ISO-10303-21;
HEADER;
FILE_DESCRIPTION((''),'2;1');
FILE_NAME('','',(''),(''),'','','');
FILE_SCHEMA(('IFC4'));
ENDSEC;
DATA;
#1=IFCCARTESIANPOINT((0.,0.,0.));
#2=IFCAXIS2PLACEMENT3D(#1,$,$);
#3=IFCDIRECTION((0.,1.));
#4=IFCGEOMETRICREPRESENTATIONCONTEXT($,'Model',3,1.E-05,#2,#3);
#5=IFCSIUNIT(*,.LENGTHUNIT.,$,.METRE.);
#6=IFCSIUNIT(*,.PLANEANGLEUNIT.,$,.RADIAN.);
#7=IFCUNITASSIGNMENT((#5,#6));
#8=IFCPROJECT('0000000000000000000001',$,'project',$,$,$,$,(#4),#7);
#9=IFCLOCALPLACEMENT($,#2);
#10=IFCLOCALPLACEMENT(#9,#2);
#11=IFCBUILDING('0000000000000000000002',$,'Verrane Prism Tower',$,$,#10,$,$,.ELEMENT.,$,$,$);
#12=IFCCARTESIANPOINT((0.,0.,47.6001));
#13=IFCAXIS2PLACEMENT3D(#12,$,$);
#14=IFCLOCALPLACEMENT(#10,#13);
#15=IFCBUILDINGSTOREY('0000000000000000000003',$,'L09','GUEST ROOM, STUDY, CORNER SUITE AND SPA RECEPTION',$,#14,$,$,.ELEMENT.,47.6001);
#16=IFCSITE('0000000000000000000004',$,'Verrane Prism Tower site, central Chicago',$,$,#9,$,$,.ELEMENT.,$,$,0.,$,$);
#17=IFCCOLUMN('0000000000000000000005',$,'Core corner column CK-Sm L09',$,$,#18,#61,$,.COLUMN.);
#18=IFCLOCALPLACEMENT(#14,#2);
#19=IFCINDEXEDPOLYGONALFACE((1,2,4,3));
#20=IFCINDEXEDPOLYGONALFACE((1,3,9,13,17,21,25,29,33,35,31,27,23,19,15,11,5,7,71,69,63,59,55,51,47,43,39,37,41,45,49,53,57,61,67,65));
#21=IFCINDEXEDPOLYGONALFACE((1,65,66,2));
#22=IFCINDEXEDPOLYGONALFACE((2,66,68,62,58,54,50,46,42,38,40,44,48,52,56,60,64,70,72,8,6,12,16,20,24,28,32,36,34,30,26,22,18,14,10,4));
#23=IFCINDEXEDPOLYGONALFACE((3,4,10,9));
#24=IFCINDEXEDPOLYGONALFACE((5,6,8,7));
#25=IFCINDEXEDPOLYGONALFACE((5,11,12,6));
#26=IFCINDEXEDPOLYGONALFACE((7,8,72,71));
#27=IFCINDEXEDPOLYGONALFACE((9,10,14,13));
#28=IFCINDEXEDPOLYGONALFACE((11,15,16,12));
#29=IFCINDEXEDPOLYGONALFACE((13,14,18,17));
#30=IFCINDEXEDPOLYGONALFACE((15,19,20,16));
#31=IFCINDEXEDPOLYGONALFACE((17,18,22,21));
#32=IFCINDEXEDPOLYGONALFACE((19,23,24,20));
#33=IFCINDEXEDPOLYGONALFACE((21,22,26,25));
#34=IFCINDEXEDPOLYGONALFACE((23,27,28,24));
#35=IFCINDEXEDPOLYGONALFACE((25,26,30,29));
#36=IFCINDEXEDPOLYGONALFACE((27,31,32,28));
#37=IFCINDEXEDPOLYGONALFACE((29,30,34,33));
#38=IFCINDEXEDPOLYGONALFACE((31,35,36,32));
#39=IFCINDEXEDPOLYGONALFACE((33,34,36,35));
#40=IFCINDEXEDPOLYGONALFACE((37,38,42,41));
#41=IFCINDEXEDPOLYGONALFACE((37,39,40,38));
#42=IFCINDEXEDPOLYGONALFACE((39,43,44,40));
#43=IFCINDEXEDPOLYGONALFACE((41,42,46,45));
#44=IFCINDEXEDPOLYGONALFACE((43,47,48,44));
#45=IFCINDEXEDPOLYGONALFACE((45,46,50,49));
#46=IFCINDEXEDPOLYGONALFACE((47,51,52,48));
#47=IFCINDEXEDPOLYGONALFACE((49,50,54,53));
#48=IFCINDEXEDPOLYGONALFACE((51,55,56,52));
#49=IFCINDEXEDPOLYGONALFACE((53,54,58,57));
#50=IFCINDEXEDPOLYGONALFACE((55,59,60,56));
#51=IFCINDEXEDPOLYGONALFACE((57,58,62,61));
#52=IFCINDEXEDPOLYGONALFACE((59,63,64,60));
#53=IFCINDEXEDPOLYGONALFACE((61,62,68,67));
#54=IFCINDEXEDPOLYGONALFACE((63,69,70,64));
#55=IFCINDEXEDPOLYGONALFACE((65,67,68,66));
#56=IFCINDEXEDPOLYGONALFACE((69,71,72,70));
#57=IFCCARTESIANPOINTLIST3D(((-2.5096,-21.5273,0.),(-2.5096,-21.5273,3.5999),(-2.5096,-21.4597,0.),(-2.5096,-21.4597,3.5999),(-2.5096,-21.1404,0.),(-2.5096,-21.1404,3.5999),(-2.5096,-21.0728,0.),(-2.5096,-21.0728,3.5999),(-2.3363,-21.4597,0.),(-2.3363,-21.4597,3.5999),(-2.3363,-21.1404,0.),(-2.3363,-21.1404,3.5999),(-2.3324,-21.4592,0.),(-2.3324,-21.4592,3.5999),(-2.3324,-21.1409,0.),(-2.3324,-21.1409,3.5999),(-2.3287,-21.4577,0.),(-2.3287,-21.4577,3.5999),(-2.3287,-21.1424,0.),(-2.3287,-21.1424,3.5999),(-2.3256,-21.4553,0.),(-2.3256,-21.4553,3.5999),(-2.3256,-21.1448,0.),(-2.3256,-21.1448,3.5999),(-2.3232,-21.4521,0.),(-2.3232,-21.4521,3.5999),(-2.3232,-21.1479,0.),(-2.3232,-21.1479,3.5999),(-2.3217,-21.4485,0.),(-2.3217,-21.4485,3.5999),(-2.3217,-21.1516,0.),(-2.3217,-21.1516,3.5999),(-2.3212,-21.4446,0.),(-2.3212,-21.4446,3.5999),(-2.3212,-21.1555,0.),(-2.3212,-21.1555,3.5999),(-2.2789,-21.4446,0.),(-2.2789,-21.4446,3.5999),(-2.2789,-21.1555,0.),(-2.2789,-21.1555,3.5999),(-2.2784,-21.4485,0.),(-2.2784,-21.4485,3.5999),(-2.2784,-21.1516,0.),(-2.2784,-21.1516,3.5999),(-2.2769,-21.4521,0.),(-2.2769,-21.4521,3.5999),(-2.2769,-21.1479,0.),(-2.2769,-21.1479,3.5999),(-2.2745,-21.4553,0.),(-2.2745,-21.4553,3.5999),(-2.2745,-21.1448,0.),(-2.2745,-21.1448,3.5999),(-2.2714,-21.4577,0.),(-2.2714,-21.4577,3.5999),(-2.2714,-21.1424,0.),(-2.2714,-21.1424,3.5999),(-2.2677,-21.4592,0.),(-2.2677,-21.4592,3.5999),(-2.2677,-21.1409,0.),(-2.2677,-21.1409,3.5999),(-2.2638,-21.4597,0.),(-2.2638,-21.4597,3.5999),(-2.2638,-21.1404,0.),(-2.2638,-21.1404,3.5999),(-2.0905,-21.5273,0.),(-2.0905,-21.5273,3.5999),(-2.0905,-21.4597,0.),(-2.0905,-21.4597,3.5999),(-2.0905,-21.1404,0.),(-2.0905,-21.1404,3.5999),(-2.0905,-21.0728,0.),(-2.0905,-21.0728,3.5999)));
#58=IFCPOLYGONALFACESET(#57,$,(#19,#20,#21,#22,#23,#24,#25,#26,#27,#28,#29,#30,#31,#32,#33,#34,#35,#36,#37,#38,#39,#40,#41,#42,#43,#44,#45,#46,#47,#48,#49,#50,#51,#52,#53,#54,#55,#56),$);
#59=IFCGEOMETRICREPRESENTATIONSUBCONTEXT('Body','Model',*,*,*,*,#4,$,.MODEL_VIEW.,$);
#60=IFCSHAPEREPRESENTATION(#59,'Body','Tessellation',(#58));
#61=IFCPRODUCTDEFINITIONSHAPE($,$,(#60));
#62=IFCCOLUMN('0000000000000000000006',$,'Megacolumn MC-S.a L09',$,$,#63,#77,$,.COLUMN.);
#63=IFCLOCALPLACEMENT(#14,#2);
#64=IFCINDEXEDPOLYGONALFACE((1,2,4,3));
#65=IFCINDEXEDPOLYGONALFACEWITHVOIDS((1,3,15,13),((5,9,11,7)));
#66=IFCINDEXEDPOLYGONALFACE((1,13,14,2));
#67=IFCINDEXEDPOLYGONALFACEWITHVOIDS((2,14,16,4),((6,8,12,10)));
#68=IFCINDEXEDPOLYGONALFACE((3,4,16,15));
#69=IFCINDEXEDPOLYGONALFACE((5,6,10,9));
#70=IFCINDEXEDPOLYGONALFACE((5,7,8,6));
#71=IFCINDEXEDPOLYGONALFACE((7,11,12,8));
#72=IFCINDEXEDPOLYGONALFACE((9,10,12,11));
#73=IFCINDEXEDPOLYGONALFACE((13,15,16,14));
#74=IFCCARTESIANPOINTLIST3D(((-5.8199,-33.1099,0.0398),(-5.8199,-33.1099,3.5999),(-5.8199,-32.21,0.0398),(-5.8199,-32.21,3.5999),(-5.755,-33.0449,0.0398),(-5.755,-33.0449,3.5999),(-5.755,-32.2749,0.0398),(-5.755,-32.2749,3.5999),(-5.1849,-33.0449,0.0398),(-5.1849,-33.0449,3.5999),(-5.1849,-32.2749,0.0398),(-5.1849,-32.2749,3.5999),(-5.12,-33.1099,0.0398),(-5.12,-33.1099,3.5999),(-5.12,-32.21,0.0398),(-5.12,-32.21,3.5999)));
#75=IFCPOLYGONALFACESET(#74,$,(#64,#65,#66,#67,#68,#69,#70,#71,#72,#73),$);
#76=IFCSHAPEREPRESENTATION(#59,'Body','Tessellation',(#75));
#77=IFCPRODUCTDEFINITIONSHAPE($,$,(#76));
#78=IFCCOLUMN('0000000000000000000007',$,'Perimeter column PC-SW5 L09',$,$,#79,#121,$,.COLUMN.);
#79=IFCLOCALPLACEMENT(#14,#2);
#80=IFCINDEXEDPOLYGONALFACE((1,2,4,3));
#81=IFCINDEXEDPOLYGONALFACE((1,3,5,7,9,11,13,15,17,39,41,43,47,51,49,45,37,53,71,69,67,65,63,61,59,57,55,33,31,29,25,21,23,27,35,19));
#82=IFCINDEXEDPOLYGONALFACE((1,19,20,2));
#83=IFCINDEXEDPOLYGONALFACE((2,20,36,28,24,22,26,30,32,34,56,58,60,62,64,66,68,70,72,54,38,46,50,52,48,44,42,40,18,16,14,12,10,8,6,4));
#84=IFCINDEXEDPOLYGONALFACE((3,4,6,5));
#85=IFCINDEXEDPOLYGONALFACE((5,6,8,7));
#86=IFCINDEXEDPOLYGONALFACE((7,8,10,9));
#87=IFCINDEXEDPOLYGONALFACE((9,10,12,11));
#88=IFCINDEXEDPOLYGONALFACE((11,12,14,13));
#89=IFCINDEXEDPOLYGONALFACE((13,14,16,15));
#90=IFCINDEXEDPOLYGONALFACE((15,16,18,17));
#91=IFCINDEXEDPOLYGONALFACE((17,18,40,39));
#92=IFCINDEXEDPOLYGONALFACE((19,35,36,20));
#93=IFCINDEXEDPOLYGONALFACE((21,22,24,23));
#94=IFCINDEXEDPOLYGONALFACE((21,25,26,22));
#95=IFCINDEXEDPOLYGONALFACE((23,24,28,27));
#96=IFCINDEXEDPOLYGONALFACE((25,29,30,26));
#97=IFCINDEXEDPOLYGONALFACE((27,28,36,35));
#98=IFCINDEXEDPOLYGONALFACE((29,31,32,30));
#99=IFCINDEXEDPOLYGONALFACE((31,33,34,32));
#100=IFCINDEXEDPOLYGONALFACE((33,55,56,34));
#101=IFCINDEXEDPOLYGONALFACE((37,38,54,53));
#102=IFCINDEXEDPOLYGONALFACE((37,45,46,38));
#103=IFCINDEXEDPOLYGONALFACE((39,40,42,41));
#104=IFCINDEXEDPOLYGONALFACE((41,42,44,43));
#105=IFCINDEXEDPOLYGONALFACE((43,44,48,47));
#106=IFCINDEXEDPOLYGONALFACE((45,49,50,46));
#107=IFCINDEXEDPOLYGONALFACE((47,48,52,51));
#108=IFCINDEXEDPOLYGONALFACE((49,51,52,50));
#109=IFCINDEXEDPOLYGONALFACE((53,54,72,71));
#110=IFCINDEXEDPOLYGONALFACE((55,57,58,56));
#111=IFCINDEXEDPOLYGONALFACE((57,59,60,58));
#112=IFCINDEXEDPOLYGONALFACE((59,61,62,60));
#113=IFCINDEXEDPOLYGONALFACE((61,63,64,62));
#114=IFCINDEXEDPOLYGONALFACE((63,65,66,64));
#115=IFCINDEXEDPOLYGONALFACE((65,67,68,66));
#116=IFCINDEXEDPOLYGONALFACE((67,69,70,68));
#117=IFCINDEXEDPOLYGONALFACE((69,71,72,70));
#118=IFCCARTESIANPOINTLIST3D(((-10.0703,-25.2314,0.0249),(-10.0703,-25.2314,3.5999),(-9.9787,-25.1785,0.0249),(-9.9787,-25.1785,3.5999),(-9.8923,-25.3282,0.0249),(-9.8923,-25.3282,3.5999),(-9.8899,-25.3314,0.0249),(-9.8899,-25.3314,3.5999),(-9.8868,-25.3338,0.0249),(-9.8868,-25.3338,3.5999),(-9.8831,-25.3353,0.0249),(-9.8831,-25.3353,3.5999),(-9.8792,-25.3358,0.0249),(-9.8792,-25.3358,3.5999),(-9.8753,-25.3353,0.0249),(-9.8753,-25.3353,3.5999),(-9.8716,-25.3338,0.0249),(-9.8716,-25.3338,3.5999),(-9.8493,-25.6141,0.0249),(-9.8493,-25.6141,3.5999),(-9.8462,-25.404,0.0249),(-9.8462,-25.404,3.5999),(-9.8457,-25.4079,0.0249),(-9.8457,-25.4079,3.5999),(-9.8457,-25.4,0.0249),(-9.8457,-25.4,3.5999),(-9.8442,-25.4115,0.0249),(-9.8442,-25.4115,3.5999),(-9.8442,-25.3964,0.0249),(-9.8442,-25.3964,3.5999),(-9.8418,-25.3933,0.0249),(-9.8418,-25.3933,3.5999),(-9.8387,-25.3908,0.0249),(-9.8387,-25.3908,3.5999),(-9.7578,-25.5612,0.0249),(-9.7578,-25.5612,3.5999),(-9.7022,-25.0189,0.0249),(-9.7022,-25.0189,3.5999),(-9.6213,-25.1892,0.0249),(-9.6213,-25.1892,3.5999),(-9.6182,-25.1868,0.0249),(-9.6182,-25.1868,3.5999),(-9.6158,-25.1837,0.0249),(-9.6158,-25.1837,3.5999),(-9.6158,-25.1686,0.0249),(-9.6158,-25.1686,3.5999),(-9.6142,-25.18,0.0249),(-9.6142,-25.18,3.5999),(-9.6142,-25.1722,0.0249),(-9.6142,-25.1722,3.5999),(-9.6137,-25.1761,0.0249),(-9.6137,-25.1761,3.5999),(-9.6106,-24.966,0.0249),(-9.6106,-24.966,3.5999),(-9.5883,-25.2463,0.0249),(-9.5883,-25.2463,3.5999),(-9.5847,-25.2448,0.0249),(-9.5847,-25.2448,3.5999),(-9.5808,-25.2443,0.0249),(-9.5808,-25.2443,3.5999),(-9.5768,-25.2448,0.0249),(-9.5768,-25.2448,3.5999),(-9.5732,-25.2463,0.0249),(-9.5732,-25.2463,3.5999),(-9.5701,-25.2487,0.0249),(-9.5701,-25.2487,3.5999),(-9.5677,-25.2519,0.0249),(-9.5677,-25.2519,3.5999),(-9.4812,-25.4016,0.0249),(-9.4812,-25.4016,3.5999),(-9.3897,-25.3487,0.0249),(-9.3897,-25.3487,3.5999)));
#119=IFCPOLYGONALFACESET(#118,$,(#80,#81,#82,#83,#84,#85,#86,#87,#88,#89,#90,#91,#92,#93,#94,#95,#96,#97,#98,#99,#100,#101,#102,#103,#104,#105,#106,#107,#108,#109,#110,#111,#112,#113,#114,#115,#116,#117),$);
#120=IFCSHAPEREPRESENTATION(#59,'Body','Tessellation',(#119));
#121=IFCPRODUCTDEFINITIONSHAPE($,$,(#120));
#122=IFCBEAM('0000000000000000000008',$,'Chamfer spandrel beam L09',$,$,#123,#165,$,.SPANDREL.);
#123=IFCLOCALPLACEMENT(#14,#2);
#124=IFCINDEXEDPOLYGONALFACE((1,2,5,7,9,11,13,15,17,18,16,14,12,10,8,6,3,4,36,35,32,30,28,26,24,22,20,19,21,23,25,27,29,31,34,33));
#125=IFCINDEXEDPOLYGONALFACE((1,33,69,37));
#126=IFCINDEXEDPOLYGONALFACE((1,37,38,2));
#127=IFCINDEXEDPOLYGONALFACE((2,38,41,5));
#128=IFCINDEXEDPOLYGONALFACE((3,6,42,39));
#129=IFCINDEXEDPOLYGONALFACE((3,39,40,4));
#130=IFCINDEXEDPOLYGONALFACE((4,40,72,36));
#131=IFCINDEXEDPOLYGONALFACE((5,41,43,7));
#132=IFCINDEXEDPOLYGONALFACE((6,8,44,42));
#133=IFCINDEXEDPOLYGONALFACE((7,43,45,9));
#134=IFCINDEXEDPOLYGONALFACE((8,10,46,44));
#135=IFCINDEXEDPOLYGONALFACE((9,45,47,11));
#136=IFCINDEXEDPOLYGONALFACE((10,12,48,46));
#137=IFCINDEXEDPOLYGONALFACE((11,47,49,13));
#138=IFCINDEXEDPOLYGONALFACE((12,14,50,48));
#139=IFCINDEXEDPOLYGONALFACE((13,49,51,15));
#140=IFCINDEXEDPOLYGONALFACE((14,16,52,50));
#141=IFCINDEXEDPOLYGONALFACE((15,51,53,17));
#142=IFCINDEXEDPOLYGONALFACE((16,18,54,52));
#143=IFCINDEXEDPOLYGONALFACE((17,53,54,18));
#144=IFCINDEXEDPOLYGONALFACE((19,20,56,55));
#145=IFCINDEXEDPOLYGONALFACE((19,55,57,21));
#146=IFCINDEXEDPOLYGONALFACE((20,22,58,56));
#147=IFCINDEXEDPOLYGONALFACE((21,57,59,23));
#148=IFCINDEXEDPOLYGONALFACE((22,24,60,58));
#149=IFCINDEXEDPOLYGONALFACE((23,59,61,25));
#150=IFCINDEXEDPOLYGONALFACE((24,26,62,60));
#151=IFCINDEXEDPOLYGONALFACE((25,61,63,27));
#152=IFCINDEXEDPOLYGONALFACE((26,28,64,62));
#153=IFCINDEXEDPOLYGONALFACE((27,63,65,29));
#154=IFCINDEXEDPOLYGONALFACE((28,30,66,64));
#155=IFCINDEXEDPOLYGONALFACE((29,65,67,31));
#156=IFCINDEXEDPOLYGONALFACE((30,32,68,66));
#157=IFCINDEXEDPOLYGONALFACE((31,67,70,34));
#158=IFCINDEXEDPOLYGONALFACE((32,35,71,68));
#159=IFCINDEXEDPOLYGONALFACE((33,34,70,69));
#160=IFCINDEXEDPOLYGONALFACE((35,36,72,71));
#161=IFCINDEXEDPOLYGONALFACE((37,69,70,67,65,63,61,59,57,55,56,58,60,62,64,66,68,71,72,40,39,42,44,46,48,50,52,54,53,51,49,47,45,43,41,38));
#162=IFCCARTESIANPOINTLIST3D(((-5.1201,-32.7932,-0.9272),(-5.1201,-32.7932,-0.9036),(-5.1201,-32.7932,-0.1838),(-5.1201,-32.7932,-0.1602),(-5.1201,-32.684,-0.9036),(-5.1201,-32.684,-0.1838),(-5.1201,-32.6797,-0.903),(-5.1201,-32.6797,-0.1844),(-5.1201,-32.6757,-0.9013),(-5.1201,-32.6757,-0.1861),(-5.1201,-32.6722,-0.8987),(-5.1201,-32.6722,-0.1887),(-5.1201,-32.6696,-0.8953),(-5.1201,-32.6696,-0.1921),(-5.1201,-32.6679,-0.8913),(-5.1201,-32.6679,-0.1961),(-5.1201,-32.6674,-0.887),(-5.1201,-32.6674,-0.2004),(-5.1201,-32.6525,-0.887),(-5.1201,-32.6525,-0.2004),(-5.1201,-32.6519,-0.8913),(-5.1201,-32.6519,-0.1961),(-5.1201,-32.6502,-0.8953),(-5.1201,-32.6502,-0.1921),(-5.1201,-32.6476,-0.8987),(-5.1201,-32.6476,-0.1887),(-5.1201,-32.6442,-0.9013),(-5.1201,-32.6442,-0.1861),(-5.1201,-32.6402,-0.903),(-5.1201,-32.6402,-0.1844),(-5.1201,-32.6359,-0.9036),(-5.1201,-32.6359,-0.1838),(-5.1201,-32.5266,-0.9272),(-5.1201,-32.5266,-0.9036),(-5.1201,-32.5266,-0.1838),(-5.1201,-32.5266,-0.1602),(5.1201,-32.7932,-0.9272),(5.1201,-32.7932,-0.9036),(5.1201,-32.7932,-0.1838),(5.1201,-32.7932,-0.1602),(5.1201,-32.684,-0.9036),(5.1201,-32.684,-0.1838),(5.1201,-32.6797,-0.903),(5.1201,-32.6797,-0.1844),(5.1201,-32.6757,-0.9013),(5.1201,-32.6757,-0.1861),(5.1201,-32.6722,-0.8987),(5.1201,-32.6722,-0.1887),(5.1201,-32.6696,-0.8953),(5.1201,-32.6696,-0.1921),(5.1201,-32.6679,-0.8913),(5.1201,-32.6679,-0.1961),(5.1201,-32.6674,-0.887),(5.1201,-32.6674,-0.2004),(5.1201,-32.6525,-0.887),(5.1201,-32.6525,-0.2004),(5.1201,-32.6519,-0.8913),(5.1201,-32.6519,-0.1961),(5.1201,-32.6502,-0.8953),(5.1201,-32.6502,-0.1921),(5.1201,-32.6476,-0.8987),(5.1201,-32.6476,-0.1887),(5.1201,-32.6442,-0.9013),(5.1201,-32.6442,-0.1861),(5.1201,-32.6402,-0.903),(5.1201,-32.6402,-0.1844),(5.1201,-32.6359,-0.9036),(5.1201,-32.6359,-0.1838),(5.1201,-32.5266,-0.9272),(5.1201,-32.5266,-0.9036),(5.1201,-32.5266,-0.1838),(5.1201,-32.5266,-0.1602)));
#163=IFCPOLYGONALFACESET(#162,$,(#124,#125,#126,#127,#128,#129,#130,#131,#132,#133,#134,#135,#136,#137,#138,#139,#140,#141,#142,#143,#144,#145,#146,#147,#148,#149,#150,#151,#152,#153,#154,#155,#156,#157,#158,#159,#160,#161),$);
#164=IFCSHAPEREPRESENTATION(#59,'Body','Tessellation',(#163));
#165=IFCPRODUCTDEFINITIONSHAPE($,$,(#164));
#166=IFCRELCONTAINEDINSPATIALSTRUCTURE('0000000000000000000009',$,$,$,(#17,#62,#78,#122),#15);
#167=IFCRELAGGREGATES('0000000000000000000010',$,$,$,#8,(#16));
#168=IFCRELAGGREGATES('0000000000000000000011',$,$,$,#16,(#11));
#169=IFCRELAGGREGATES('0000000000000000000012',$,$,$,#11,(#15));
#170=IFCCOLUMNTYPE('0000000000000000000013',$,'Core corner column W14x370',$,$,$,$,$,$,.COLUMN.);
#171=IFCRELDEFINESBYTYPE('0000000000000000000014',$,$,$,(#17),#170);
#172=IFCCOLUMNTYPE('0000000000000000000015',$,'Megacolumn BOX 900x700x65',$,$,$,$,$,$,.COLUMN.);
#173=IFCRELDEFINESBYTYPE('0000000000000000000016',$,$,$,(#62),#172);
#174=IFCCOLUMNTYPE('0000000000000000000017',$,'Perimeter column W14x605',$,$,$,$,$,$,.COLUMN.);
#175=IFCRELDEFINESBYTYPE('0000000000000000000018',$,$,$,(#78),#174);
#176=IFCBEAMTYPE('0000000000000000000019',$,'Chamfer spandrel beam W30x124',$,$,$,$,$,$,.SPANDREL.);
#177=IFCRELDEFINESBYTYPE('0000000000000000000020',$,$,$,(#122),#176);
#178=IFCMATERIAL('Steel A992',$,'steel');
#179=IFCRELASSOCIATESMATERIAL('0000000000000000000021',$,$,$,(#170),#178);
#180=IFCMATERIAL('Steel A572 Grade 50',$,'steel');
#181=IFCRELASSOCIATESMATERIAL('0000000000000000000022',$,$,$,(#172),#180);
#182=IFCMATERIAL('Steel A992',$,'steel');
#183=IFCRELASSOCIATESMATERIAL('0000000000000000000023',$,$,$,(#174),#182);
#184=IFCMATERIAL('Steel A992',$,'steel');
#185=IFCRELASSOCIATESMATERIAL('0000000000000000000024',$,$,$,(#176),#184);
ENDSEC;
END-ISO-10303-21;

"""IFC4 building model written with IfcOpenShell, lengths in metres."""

from ifc_helpers import new_model, si_unit, direction, frame, origin, origin_2d, place, context, subcontext, project, spatial, hollow_rectangle, i_section, extrude, material, material_profile, profile_set, type_object, element, save


model = new_model("IFC4")

# Units and contexts
model_context = context("Model", 3, precision=1e-05, world=origin(), true_north=direction((0.0, 1.0)))
body_context = subcontext(model_context, "Body", "Model", "MODEL_VIEW")
ifc_project = project(units=[si_unit("LENGTHUNIT", "METRE"), si_unit("PLANEANGLEUNIT", "RADIAN")], contexts=[model_context])

# Site, building, storey
site_placement = place(None, origin())
site = spatial("IfcSite", under=ifc_project, at=site_placement, Name="Verrane Prism Tower site, central Chicago", CompositionType="ELEMENT", RefElevation=0.0)
building_placement = place(site_placement, origin())
building = spatial("IfcBuilding", under=site, at=building_placement, Name="Verrane Prism Tower", CompositionType="ELEMENT")
storey_placement = place(building_placement, frame((0.0, 0.0, 47.6001)))
storey = spatial("IfcBuildingStorey", under=building, at=storey_placement, Name="L09", Description="GUEST ROOM, STUDY, CORNER SUITE AND SPA RECEPTION", CompositionType="ELEMENT", Elevation=47.6001)

# Columns
ifc_material_1 = material(Name="Steel A992", Category="steel")
ifc_material_profile_1 = material_profile(ifc_material_1, i_section(OverallWidth=0.4192, OverallDepth=0.4546, WebThickness=0.0422, FlangeThickness=0.0676, FilletRadius=0.0151, at=origin_2d()), Name="W14x370")
ifc_profile_set_1 = profile_set([ifc_material_profile_1], Name="Steel A992")
column_type_1 = type_object("IfcColumnType", Name="Core corner column W14x370", PredefinedType="COLUMN", material=ifc_profile_set_1)
column_1_placement = place(storey_placement, frame((-2.3, -21.3, 0.0), z_axis=(0.0, 0.0, 1.0), x_axis=(-1.0, 0.0, 0.0)))
element("IfcColumn", 1, at=column_1_placement, inside=storey, type_object=column_type_1, Name="Core corner column CK-Sm L09", PredefinedType="COLUMN", context=body_context, shape_type="SweptSolid", body=[
    extrude(i_section(OverallWidth=0.4192, OverallDepth=0.4546, WebThickness=0.0422, FlangeThickness=0.0676, FilletRadius=0.0151, at=origin_2d()), origin(), (0.0, 0.0, 1.0), 3.5999),
])
ifc_material_2 = material(Name="Steel A572 Grade 50", Category="steel")
ifc_material_profile_2 = material_profile(ifc_material_2, hollow_rectangle(XDim=0.7, YDim=0.8999, WallThickness=0.0649, at=origin_2d()), Name="BOX 900x700x65")
ifc_profile_set_2 = profile_set([ifc_material_profile_2], Name="Steel A572 Grade 50")
column_type_2 = type_object("IfcColumnType", Name="Megacolumn BOX 900x700x65", PredefinedType="COLUMN", material=ifc_profile_set_2)
column_2_placement = place(storey_placement, frame((-5.47, -32.6599, 0.0398), z_axis=(0.0, 0.0, 1.0), x_axis=(-1.0, 0.0, 0.0)))
element("IfcColumn", 2, at=column_2_placement, inside=storey, type_object=column_type_2, Name="Megacolumn MC-S.a L09", PredefinedType="COLUMN", context=body_context, shape_type="SweptSolid", body=[
    extrude(hollow_rectangle(XDim=0.7, YDim=0.8999, WallThickness=0.0649, at=origin_2d()), origin(), (0.0, 0.0, 1.0), 3.5601),
])
ifc_material_3 = material(Name="Steel A992", Category="steel")
ifc_material_profile_3 = material_profile(ifc_material_3, i_section(OverallWidth=0.4419, OverallDepth=0.5308, WebThickness=0.0659, FlangeThickness=0.1057, FilletRadius=0.0151, at=origin_2d()), Name="W14x605")
ifc_profile_set_3 = profile_set([ifc_material_profile_3], Name="Steel A992")
column_type_3 = type_object("IfcColumnType", Name="Perimeter column W14x605", PredefinedType="COLUMN", material=ifc_profile_set_3)
column_3_placement = place(storey_placement, frame((-9.73, -25.29, 0.0249), z_axis=(0.0, 0.0, 1.0), x_axis=(-0.5, 0.866025, 0.0)))
element("IfcColumn", 3, at=column_3_placement, inside=storey, type_object=column_type_3, Name="Perimeter column PC-SW5 L09", PredefinedType="COLUMN", context=body_context, shape_type="SweptSolid", body=[
    extrude(i_section(OverallWidth=0.4419, OverallDepth=0.5308, WebThickness=0.0659, FlangeThickness=0.1057, FilletRadius=0.0151, at=origin_2d()), origin(), (0.0, 0.0, 1.0), 3.575),
])

# Beam
ifc_material_4 = material(Name="Steel A992", Category="steel")
ifc_material_profile_4 = material_profile(ifc_material_4, i_section(OverallWidth=0.2666, OverallDepth=0.7671, WebThickness=0.0149, FlangeThickness=0.0237, FilletRadius=0.0166, at=origin_2d()), Name="W30x124")
ifc_profile_set_4 = profile_set([ifc_material_profile_4], Name="Steel A992")
beam_type_1 = type_object("IfcBeamType", Name="Chamfer spandrel beam W30x124", PredefinedType="SPANDREL", material=ifc_profile_set_4)
beam_1_placement = place(storey_placement, frame((-5.1201, -32.6599, -0.5437), z_axis=(1.0, 0.0, 0.0), x_axis=(0.0, 1.0, 0.0)))
element("IfcBeam", 4, at=beam_1_placement, inside=storey, type_object=beam_type_1, Name="Chamfer spandrel beam L09", PredefinedType="SPANDREL", context=body_context, shape_type="SweptSolid", body=[
    extrude(i_section(OverallWidth=0.2666, OverallDepth=0.7671, WebThickness=0.0149, FlangeThickness=0.0237, FilletRadius=0.0166, at=origin_2d()), origin(), (0.0, 0.0, 1.0), 10.2402),
])

save(model, "model.ifc")
